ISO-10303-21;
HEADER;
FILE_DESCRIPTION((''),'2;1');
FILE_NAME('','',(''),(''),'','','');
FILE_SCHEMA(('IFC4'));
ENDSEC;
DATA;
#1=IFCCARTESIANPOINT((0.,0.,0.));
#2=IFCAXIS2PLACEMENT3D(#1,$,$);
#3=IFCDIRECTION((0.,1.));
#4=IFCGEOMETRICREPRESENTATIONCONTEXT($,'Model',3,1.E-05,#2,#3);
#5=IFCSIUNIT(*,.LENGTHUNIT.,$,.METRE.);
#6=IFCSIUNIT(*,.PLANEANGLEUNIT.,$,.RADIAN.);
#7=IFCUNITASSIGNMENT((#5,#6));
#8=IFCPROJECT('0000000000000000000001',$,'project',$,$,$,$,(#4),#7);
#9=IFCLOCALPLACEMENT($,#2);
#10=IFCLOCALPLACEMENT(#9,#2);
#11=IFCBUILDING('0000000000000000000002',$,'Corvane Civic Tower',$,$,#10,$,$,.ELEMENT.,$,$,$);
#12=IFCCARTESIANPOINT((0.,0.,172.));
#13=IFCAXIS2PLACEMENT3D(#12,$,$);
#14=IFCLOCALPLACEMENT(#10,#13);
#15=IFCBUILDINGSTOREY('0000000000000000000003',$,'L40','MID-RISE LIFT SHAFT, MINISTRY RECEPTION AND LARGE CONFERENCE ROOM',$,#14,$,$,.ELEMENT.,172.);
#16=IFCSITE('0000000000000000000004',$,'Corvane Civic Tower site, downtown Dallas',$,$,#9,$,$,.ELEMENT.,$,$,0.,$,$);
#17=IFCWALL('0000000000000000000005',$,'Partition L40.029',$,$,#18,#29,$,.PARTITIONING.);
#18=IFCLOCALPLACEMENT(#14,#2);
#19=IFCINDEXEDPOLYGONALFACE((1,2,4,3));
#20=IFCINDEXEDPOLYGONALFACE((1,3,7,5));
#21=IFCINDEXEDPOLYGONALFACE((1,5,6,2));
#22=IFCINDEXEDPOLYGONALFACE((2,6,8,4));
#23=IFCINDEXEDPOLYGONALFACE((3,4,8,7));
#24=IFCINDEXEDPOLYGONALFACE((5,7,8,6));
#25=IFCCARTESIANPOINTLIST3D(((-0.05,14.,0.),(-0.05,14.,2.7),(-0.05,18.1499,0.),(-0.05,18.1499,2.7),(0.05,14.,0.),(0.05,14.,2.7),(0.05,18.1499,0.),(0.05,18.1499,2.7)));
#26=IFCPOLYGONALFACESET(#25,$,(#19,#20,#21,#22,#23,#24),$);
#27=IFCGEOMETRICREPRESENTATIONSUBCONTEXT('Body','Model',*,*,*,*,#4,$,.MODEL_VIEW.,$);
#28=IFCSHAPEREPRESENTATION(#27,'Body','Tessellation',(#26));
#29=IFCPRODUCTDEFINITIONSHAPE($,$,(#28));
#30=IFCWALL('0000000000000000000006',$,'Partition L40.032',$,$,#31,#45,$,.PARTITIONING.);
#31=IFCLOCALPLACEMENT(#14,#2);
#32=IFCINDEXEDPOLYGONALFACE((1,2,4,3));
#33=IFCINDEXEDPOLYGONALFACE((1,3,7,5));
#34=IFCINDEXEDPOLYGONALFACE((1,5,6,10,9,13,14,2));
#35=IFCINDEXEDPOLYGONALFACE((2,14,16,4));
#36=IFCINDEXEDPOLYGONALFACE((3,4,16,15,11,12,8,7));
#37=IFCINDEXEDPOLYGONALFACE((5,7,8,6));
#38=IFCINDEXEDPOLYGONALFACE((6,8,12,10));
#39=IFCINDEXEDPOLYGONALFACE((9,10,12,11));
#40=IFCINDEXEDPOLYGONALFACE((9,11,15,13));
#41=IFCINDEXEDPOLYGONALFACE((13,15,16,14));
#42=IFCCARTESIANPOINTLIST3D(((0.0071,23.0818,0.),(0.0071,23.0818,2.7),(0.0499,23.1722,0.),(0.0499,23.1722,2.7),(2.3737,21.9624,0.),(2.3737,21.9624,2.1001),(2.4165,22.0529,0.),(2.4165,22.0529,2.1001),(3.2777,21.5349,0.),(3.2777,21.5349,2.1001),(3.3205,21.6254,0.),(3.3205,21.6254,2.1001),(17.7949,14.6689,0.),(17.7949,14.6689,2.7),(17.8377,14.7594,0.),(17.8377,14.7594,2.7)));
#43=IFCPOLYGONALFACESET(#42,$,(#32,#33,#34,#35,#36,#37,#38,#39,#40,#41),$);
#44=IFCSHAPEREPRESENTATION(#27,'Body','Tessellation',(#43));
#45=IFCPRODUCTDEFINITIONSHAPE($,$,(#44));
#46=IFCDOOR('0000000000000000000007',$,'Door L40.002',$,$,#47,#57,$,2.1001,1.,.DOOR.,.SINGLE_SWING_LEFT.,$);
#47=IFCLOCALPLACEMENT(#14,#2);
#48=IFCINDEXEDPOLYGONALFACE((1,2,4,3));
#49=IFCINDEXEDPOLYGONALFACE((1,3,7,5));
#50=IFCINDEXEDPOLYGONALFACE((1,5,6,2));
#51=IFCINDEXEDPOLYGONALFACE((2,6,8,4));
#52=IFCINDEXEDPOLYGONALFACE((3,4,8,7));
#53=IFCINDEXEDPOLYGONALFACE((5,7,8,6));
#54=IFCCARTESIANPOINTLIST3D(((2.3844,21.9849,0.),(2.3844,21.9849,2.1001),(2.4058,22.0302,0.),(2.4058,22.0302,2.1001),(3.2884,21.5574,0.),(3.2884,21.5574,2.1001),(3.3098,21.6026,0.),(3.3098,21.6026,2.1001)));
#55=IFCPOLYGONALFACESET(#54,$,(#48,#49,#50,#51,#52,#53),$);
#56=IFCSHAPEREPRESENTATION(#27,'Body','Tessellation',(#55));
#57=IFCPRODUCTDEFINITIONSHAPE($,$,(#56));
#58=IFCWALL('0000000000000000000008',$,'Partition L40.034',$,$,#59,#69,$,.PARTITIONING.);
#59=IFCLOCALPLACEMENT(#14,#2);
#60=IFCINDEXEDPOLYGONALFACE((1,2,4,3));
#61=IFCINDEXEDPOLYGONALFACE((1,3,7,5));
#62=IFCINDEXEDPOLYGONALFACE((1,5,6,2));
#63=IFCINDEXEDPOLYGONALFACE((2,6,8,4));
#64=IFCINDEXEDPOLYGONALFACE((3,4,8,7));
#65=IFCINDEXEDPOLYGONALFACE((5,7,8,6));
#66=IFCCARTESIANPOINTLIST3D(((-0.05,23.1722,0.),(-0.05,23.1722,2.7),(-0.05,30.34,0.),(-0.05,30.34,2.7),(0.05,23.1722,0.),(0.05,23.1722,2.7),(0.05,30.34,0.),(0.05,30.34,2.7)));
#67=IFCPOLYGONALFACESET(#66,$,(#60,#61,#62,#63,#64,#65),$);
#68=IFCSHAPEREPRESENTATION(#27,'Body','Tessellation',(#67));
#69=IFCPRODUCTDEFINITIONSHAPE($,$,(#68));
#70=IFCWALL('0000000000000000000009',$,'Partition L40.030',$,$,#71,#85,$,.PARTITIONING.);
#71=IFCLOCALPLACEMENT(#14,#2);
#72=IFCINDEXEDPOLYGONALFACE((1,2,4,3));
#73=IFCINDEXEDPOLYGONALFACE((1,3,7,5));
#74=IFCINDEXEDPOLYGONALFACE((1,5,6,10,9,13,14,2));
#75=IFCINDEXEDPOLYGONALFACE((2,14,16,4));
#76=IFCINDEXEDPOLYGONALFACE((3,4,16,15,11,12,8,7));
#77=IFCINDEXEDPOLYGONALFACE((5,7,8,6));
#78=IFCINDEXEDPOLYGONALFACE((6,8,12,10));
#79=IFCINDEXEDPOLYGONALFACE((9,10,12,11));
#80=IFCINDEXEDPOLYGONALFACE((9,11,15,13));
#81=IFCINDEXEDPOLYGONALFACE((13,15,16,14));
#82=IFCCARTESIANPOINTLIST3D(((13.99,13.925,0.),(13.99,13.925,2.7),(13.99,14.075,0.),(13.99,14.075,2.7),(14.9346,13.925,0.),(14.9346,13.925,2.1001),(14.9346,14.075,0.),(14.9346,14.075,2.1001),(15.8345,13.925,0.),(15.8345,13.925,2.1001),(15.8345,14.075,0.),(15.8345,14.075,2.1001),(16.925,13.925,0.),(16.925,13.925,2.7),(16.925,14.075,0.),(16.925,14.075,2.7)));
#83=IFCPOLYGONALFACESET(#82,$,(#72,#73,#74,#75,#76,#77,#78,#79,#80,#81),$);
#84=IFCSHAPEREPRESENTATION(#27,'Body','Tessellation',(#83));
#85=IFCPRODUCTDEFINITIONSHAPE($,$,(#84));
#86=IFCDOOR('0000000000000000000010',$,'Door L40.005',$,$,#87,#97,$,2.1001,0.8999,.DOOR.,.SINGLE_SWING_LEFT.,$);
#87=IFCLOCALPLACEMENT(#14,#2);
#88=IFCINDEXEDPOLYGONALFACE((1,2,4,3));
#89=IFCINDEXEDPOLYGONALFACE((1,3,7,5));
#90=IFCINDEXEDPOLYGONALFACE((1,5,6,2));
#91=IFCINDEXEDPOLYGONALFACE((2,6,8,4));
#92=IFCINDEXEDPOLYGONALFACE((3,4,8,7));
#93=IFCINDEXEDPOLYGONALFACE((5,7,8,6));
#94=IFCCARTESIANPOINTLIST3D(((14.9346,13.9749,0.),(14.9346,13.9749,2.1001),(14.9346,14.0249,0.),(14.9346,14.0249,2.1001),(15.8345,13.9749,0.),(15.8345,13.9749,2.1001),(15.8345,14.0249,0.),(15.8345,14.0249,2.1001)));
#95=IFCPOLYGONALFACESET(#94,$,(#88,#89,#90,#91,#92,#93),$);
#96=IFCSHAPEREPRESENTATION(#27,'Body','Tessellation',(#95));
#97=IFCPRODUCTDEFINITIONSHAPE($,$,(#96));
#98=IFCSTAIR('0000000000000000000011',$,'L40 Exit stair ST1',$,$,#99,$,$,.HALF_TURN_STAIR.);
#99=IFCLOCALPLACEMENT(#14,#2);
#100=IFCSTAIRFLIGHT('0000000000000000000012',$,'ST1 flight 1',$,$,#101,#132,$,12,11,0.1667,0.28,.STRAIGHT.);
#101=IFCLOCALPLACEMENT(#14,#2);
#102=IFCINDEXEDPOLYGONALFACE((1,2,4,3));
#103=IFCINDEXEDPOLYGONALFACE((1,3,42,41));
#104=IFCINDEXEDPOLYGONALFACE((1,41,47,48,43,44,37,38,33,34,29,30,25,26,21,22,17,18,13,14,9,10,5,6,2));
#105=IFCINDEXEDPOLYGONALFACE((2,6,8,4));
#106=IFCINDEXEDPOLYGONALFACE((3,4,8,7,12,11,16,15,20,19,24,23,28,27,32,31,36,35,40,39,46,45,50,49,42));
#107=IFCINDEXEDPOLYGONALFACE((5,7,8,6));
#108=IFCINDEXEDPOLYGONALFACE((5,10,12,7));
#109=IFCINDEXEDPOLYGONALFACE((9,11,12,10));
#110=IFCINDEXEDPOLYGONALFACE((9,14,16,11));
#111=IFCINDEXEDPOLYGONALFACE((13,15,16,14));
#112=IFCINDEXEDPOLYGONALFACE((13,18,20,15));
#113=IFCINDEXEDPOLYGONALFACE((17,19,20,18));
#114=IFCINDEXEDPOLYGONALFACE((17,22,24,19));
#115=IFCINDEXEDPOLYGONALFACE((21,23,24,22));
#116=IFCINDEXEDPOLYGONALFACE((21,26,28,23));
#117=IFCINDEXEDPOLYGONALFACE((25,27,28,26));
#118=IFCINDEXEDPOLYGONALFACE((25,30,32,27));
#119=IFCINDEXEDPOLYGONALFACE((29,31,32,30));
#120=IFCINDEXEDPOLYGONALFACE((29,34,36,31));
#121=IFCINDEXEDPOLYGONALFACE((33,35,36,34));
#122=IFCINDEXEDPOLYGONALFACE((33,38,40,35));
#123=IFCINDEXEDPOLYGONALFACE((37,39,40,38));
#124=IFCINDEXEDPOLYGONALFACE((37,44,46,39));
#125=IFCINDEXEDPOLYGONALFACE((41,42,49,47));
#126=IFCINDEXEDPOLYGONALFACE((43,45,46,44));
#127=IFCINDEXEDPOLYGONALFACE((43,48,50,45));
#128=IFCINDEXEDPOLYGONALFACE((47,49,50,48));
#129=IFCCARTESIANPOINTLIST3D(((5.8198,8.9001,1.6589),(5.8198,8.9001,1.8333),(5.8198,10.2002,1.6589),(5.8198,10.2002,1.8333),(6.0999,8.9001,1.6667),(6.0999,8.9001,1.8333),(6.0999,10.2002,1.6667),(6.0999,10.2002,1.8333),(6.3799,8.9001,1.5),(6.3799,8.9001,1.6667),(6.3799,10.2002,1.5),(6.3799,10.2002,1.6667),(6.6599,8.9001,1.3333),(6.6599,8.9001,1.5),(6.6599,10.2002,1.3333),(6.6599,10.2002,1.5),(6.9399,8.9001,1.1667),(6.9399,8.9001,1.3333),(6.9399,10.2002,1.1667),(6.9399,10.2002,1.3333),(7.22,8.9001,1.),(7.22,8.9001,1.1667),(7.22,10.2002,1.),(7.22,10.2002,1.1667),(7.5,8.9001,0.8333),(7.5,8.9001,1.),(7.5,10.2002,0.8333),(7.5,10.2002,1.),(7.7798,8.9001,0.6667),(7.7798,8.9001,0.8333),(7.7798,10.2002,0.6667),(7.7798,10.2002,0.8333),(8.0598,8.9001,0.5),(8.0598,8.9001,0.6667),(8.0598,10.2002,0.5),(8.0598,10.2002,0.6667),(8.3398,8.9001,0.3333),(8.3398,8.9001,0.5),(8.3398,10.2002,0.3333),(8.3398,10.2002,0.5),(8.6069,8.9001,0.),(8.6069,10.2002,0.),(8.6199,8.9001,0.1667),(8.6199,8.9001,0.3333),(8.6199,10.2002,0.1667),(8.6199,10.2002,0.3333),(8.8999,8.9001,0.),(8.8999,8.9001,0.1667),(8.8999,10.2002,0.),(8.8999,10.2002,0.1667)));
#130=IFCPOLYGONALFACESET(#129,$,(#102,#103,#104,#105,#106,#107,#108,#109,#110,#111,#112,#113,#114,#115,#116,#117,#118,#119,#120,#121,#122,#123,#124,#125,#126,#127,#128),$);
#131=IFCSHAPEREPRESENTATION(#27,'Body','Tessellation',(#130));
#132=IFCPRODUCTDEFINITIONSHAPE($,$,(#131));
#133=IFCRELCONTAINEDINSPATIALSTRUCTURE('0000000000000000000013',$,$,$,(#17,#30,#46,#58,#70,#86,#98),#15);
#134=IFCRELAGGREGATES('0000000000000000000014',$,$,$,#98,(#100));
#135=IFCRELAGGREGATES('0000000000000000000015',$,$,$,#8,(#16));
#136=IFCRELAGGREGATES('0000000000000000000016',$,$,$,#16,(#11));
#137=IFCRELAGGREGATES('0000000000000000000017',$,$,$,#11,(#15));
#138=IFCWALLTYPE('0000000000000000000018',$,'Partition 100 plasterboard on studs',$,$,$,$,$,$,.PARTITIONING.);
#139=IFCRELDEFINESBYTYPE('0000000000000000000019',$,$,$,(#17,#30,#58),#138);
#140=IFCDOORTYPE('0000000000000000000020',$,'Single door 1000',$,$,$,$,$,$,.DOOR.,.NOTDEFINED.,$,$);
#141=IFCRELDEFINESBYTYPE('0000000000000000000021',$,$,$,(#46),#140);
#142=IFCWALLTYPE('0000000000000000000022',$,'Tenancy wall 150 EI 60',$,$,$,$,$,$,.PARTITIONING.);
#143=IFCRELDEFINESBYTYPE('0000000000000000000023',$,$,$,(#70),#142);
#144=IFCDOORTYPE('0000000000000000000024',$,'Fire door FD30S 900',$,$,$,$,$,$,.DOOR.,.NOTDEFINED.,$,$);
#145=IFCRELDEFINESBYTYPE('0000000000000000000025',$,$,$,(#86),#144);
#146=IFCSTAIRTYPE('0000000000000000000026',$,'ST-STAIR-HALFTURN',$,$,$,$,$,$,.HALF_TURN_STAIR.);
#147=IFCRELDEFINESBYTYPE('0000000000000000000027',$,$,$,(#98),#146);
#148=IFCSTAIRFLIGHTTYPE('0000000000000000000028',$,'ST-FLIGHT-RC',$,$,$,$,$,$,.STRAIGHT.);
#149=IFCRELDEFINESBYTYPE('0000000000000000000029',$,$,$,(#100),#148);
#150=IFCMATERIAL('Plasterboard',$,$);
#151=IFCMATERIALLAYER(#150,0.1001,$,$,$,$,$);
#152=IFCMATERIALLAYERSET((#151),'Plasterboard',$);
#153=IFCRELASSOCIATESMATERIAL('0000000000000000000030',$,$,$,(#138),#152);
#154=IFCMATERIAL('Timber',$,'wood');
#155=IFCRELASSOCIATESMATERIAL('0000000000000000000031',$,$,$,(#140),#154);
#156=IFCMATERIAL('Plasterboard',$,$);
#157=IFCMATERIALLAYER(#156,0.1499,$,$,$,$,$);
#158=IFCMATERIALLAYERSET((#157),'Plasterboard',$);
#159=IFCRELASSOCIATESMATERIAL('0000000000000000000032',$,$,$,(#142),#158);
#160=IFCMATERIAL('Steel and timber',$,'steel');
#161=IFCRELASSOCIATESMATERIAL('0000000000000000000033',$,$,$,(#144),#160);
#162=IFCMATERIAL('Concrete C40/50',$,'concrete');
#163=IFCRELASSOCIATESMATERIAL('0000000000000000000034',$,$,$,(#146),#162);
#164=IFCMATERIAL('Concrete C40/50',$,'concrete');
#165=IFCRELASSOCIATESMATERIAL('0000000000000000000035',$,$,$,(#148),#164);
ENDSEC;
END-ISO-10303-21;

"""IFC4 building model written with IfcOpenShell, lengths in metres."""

from ifc_helpers import new_model, si_unit, direction, frame, frame_2d, origin, place, context, subcontext, project, spatial, polyline, rectangle, outline, extrude, material, layer, layer_set, type_object, element, fill, aggregate, save


model = new_model("IFC4")

# Units and contexts
model_context = context("Model", 3, precision=1e-05, world=origin(), true_north=direction((0.0, 1.0)))
body_context = subcontext(model_context, "Body", "Model", "MODEL_VIEW")
ifc_project = project(units=[si_unit("LENGTHUNIT", "METRE"), si_unit("PLANEANGLEUNIT", "RADIAN")], contexts=[model_context])

# Site, building, storey
site_placement = place(None, origin())
site = spatial("IfcSite", under=ifc_project, at=site_placement, Name="Corvane Civic Tower site, downtown Dallas", CompositionType="ELEMENT", RefElevation=0.0)
building_placement = place(site_placement, origin())
building = spatial("IfcBuilding", under=site, at=building_placement, Name="Corvane Civic Tower", CompositionType="ELEMENT")
storey_placement = place(building_placement, frame((0.0, 0.0, 172.0)))
storey = spatial("IfcBuildingStorey", under=building, at=storey_placement, Name="L40", Description="MID-RISE LIFT SHAFT, MINISTRY RECEPTION AND LARGE CONFERENCE ROOM", CompositionType="ELEMENT", Elevation=172.0)

# Wall
ifc_material_1 = material(Name="Plasterboard")
ifc_layer_1 = layer(ifc_material_1, 0.1001)
ifc_layer_set_1 = layer_set([ifc_layer_1], Name="Plasterboard")
wall_type_1 = type_object("IfcWallType", Name="Partition 100 plasterboard on studs", PredefinedType="PARTITIONING", material=ifc_layer_set_1)
wall_1_placement = place(storey_placement, frame((0.0, 14.0, 0.0), z_axis=(0.0, 0.0, 1.0), x_axis=(0.0, 1.0, 0.0)))
element("IfcWall", 1, at=wall_1_placement, inside=storey, type_object=wall_type_1, Name="Partition L40.029", PredefinedType="PARTITIONING", context=body_context, shape_type="SweptSolid", body=[
    extrude(rectangle(XDim=4.1499, YDim=0.1001, at=frame_2d((2.075, 0.0))), origin(), (0.0, 0.0, 1.0), 2.7),
])

# Wall, opening, door
wall_2_placement = place(storey_placement, frame((0.0286, 23.127, 0.0), z_axis=(0.0, 0.0, 1.0), x_axis=(0.903993, -0.427548, 0.0)))
wall_2 = element("IfcWall", 2, at=wall_2_placement, inside=storey, type_object=wall_type_1, Name="Partition L40.032", PredefinedType="PARTITIONING", context=body_context, shape_type="SweptSolid", body=[
    extrude(rectangle(XDim=19.677, YDim=0.1001, at=frame_2d((9.8384, 0.0))), origin(), (0.0, 0.0, 1.0), 2.7),
])
opening_1_placement = place(wall_2_placement, frame((2.6179, 0.0, 0.0)))
opening_1 = element("IfcOpeningElement", 3, at=opening_1_placement, cuts=wall_2, PredefinedType="OPENING", context=body_context, shape_type="SweptSolid", body=[
    extrude(rectangle(XDim=1.0, YDim=2.1001, at=frame_2d((0.5, 1.05))), frame((0.0, 0.0601, 0.0), z_axis=(0.0, -1.0, 0.0), x_axis=(1.0, 0.0, 0.0)), (0.0, 0.0, 1.0), 0.1201),
])
ifc_material_2 = material(Name="Timber", Category="wood")
door_type_1 = type_object("IfcDoorType", Name="Single door 1000", OperationType="NOTDEFINED", PredefinedType="DOOR", material=ifc_material_2)
door_1_placement = place(opening_1_placement, origin())
door_1 = element("IfcDoor", 4, at=door_1_placement, inside=storey, type_object=door_type_1, Name="Door L40.002", OperationType="SINGLE_SWING_LEFT", OverallHeight=2.1001, OverallWidth=1.0, PredefinedType="DOOR", context=body_context, shape_type="SweptSolid", body=[
    extrude(rectangle(XDim=1.0, YDim=2.1001, at=frame_2d((0.5, 1.05))), frame((0.0, 0.0249, 0.0), z_axis=(0.0, -1.0, 0.0), x_axis=(1.0, 0.0, 0.0)), (0.0, 0.0, 1.0), 0.05),
])
fill(opening_1, door_1)

# Wall
wall_3_placement = place(storey_placement, frame((0.0, 23.1721, 0.0), z_axis=(0.0, 0.0, 1.0), x_axis=(0.0, 1.0, 0.0)))
element("IfcWall", 5, at=wall_3_placement, inside=storey, type_object=wall_type_1, Name="Partition L40.034", PredefinedType="PARTITIONING", context=body_context, shape_type="SweptSolid", body=[
    extrude(rectangle(XDim=7.1677, YDim=0.1001, at=frame_2d((3.584, 0.0))), origin(), (0.0, 0.0, 1.0), 2.7),
])

# Wall, opening, door
ifc_material_3 = material(Name="Plasterboard")
ifc_layer_2 = layer(ifc_material_3, 0.1499)
ifc_layer_set_2 = layer_set([ifc_layer_2], Name="Plasterboard")
wall_type_2 = type_object("IfcWallType", Name="Tenancy wall 150 EI 60", PredefinedType="PARTITIONING", material=ifc_layer_set_2)
wall_4_placement = place(storey_placement, frame((13.99, 14.0, 0.0), z_axis=(0.0, 0.0, 1.0), x_axis=(1.0, 0.0, 0.0)))
wall_4 = element("IfcWall", 6, at=wall_4_placement, inside=storey, type_object=wall_type_2, Name="Partition L40.030", PredefinedType="PARTITIONING", context=body_context, shape_type="SweptSolid", body=[
    extrude(rectangle(XDim=2.9351, YDim=0.1499, at=frame_2d((1.4675, 0.0))), origin(), (0.0, 0.0, 1.0), 2.7),
])
opening_2_placement = place(wall_4_placement, frame((0.9446, 0.0, 0.0)))
opening_2 = element("IfcOpeningElement", 7, at=opening_2_placement, cuts=wall_4, PredefinedType="OPENING", context=body_context, shape_type="SweptSolid", body=[
    extrude(rectangle(XDim=0.8999, YDim=2.1001, at=frame_2d((0.45, 1.05))), frame((0.0, 0.085, 0.0), z_axis=(0.0, -1.0, 0.0), x_axis=(1.0, 0.0, 0.0)), (0.0, 0.0, 1.0), 0.1699),
])
ifc_material_4 = material(Name="Steel and timber", Category="steel")
door_type_2 = type_object("IfcDoorType", Name="Fire door FD30S 900", OperationType="NOTDEFINED", PredefinedType="DOOR", material=ifc_material_4)
door_2_placement = place(opening_2_placement, origin())
door_2 = element("IfcDoor", 8, at=door_2_placement, inside=storey, type_object=door_type_2, Name="Door L40.005", OperationType="SINGLE_SWING_LEFT", OverallHeight=2.1001, OverallWidth=0.8999, PredefinedType="DOOR", context=body_context, shape_type="SweptSolid", body=[
    extrude(rectangle(XDim=0.8999, YDim=2.1001, at=frame_2d((0.45, 1.05))), frame((0.0, 0.0249, 0.0), z_axis=(0.0, -1.0, 0.0), x_axis=(1.0, 0.0, 0.0)), (0.0, 0.0, 1.0), 0.05),
])
fill(opening_2, door_2)

# Stair, stair flight
ifc_material_5 = material(Name="Concrete C40/50", Category="concrete")
stair_type = type_object("IfcStairType", Name="ST-STAIR-HALFTURN", PredefinedType="HALF_TURN_STAIR", material=ifc_material_5)
stair_placement = place(storey_placement, origin())
stair = element("IfcStair", 9, at=stair_placement, inside=storey, type_object=stair_type, Name="L40 Exit stair ST1", PredefinedType="HALF_TURN_STAIR")
ifc_material_6 = material(Name="Concrete C40/50", Category="concrete")
stair_flight_type = type_object("IfcStairFlightType", Name="ST-FLIGHT-RC", PredefinedType="STRAIGHT", material=ifc_material_6)
stair_flight_placement = place(storey_placement, frame((8.8999, 9.55, 0.0), z_axis=(0.0, 0.0, 1.0), x_axis=(-1.0, 0.0, 0.0)))
stair_flight = element("IfcStairFlight", 10, at=stair_flight_placement, type_object=stair_flight_type, Name="ST1 flight 1", NumberOfRisers=12, NumberOfTreads=11, PredefinedType="STRAIGHT", RiserHeight=0.1667, TreadLength=0.28, context=body_context, shape_type="SweptSolid", body=[
    extrude(outline(polyline([(0.0, 0.0), (0.0, 0.1667), (0.28, 0.1667), (0.28, 0.3333), (0.5601, 0.3333), (0.5601, 0.5), (0.8401, 0.5), (0.8401, 0.6667), (1.1201, 0.6667), (1.1201, 0.8333), (1.3999, 0.8333), (1.3999, 1.0), (1.6799, 1.0), (1.6799, 1.1667), (1.96, 1.1667), (1.96, 1.3333), (2.24, 1.3333), (2.24, 1.5), (2.52, 1.5), (2.52, 1.6667), (2.8, 1.6667), (2.8, 1.8333), (3.0801, 1.8333), (3.0801, 2.0), (3.0801, 1.6589), (0.293, 0.0), (0.0, 0.0)])), frame((0.0, 0.6499, 0.0), z_axis=(0.0, -1.0, 0.0), x_axis=(1.0, 0.0, 0.0)), (0.0, 0.0, 1.0), 1.3),
])
aggregate(stair, [stair_flight])

save(model, "model.ifc")
